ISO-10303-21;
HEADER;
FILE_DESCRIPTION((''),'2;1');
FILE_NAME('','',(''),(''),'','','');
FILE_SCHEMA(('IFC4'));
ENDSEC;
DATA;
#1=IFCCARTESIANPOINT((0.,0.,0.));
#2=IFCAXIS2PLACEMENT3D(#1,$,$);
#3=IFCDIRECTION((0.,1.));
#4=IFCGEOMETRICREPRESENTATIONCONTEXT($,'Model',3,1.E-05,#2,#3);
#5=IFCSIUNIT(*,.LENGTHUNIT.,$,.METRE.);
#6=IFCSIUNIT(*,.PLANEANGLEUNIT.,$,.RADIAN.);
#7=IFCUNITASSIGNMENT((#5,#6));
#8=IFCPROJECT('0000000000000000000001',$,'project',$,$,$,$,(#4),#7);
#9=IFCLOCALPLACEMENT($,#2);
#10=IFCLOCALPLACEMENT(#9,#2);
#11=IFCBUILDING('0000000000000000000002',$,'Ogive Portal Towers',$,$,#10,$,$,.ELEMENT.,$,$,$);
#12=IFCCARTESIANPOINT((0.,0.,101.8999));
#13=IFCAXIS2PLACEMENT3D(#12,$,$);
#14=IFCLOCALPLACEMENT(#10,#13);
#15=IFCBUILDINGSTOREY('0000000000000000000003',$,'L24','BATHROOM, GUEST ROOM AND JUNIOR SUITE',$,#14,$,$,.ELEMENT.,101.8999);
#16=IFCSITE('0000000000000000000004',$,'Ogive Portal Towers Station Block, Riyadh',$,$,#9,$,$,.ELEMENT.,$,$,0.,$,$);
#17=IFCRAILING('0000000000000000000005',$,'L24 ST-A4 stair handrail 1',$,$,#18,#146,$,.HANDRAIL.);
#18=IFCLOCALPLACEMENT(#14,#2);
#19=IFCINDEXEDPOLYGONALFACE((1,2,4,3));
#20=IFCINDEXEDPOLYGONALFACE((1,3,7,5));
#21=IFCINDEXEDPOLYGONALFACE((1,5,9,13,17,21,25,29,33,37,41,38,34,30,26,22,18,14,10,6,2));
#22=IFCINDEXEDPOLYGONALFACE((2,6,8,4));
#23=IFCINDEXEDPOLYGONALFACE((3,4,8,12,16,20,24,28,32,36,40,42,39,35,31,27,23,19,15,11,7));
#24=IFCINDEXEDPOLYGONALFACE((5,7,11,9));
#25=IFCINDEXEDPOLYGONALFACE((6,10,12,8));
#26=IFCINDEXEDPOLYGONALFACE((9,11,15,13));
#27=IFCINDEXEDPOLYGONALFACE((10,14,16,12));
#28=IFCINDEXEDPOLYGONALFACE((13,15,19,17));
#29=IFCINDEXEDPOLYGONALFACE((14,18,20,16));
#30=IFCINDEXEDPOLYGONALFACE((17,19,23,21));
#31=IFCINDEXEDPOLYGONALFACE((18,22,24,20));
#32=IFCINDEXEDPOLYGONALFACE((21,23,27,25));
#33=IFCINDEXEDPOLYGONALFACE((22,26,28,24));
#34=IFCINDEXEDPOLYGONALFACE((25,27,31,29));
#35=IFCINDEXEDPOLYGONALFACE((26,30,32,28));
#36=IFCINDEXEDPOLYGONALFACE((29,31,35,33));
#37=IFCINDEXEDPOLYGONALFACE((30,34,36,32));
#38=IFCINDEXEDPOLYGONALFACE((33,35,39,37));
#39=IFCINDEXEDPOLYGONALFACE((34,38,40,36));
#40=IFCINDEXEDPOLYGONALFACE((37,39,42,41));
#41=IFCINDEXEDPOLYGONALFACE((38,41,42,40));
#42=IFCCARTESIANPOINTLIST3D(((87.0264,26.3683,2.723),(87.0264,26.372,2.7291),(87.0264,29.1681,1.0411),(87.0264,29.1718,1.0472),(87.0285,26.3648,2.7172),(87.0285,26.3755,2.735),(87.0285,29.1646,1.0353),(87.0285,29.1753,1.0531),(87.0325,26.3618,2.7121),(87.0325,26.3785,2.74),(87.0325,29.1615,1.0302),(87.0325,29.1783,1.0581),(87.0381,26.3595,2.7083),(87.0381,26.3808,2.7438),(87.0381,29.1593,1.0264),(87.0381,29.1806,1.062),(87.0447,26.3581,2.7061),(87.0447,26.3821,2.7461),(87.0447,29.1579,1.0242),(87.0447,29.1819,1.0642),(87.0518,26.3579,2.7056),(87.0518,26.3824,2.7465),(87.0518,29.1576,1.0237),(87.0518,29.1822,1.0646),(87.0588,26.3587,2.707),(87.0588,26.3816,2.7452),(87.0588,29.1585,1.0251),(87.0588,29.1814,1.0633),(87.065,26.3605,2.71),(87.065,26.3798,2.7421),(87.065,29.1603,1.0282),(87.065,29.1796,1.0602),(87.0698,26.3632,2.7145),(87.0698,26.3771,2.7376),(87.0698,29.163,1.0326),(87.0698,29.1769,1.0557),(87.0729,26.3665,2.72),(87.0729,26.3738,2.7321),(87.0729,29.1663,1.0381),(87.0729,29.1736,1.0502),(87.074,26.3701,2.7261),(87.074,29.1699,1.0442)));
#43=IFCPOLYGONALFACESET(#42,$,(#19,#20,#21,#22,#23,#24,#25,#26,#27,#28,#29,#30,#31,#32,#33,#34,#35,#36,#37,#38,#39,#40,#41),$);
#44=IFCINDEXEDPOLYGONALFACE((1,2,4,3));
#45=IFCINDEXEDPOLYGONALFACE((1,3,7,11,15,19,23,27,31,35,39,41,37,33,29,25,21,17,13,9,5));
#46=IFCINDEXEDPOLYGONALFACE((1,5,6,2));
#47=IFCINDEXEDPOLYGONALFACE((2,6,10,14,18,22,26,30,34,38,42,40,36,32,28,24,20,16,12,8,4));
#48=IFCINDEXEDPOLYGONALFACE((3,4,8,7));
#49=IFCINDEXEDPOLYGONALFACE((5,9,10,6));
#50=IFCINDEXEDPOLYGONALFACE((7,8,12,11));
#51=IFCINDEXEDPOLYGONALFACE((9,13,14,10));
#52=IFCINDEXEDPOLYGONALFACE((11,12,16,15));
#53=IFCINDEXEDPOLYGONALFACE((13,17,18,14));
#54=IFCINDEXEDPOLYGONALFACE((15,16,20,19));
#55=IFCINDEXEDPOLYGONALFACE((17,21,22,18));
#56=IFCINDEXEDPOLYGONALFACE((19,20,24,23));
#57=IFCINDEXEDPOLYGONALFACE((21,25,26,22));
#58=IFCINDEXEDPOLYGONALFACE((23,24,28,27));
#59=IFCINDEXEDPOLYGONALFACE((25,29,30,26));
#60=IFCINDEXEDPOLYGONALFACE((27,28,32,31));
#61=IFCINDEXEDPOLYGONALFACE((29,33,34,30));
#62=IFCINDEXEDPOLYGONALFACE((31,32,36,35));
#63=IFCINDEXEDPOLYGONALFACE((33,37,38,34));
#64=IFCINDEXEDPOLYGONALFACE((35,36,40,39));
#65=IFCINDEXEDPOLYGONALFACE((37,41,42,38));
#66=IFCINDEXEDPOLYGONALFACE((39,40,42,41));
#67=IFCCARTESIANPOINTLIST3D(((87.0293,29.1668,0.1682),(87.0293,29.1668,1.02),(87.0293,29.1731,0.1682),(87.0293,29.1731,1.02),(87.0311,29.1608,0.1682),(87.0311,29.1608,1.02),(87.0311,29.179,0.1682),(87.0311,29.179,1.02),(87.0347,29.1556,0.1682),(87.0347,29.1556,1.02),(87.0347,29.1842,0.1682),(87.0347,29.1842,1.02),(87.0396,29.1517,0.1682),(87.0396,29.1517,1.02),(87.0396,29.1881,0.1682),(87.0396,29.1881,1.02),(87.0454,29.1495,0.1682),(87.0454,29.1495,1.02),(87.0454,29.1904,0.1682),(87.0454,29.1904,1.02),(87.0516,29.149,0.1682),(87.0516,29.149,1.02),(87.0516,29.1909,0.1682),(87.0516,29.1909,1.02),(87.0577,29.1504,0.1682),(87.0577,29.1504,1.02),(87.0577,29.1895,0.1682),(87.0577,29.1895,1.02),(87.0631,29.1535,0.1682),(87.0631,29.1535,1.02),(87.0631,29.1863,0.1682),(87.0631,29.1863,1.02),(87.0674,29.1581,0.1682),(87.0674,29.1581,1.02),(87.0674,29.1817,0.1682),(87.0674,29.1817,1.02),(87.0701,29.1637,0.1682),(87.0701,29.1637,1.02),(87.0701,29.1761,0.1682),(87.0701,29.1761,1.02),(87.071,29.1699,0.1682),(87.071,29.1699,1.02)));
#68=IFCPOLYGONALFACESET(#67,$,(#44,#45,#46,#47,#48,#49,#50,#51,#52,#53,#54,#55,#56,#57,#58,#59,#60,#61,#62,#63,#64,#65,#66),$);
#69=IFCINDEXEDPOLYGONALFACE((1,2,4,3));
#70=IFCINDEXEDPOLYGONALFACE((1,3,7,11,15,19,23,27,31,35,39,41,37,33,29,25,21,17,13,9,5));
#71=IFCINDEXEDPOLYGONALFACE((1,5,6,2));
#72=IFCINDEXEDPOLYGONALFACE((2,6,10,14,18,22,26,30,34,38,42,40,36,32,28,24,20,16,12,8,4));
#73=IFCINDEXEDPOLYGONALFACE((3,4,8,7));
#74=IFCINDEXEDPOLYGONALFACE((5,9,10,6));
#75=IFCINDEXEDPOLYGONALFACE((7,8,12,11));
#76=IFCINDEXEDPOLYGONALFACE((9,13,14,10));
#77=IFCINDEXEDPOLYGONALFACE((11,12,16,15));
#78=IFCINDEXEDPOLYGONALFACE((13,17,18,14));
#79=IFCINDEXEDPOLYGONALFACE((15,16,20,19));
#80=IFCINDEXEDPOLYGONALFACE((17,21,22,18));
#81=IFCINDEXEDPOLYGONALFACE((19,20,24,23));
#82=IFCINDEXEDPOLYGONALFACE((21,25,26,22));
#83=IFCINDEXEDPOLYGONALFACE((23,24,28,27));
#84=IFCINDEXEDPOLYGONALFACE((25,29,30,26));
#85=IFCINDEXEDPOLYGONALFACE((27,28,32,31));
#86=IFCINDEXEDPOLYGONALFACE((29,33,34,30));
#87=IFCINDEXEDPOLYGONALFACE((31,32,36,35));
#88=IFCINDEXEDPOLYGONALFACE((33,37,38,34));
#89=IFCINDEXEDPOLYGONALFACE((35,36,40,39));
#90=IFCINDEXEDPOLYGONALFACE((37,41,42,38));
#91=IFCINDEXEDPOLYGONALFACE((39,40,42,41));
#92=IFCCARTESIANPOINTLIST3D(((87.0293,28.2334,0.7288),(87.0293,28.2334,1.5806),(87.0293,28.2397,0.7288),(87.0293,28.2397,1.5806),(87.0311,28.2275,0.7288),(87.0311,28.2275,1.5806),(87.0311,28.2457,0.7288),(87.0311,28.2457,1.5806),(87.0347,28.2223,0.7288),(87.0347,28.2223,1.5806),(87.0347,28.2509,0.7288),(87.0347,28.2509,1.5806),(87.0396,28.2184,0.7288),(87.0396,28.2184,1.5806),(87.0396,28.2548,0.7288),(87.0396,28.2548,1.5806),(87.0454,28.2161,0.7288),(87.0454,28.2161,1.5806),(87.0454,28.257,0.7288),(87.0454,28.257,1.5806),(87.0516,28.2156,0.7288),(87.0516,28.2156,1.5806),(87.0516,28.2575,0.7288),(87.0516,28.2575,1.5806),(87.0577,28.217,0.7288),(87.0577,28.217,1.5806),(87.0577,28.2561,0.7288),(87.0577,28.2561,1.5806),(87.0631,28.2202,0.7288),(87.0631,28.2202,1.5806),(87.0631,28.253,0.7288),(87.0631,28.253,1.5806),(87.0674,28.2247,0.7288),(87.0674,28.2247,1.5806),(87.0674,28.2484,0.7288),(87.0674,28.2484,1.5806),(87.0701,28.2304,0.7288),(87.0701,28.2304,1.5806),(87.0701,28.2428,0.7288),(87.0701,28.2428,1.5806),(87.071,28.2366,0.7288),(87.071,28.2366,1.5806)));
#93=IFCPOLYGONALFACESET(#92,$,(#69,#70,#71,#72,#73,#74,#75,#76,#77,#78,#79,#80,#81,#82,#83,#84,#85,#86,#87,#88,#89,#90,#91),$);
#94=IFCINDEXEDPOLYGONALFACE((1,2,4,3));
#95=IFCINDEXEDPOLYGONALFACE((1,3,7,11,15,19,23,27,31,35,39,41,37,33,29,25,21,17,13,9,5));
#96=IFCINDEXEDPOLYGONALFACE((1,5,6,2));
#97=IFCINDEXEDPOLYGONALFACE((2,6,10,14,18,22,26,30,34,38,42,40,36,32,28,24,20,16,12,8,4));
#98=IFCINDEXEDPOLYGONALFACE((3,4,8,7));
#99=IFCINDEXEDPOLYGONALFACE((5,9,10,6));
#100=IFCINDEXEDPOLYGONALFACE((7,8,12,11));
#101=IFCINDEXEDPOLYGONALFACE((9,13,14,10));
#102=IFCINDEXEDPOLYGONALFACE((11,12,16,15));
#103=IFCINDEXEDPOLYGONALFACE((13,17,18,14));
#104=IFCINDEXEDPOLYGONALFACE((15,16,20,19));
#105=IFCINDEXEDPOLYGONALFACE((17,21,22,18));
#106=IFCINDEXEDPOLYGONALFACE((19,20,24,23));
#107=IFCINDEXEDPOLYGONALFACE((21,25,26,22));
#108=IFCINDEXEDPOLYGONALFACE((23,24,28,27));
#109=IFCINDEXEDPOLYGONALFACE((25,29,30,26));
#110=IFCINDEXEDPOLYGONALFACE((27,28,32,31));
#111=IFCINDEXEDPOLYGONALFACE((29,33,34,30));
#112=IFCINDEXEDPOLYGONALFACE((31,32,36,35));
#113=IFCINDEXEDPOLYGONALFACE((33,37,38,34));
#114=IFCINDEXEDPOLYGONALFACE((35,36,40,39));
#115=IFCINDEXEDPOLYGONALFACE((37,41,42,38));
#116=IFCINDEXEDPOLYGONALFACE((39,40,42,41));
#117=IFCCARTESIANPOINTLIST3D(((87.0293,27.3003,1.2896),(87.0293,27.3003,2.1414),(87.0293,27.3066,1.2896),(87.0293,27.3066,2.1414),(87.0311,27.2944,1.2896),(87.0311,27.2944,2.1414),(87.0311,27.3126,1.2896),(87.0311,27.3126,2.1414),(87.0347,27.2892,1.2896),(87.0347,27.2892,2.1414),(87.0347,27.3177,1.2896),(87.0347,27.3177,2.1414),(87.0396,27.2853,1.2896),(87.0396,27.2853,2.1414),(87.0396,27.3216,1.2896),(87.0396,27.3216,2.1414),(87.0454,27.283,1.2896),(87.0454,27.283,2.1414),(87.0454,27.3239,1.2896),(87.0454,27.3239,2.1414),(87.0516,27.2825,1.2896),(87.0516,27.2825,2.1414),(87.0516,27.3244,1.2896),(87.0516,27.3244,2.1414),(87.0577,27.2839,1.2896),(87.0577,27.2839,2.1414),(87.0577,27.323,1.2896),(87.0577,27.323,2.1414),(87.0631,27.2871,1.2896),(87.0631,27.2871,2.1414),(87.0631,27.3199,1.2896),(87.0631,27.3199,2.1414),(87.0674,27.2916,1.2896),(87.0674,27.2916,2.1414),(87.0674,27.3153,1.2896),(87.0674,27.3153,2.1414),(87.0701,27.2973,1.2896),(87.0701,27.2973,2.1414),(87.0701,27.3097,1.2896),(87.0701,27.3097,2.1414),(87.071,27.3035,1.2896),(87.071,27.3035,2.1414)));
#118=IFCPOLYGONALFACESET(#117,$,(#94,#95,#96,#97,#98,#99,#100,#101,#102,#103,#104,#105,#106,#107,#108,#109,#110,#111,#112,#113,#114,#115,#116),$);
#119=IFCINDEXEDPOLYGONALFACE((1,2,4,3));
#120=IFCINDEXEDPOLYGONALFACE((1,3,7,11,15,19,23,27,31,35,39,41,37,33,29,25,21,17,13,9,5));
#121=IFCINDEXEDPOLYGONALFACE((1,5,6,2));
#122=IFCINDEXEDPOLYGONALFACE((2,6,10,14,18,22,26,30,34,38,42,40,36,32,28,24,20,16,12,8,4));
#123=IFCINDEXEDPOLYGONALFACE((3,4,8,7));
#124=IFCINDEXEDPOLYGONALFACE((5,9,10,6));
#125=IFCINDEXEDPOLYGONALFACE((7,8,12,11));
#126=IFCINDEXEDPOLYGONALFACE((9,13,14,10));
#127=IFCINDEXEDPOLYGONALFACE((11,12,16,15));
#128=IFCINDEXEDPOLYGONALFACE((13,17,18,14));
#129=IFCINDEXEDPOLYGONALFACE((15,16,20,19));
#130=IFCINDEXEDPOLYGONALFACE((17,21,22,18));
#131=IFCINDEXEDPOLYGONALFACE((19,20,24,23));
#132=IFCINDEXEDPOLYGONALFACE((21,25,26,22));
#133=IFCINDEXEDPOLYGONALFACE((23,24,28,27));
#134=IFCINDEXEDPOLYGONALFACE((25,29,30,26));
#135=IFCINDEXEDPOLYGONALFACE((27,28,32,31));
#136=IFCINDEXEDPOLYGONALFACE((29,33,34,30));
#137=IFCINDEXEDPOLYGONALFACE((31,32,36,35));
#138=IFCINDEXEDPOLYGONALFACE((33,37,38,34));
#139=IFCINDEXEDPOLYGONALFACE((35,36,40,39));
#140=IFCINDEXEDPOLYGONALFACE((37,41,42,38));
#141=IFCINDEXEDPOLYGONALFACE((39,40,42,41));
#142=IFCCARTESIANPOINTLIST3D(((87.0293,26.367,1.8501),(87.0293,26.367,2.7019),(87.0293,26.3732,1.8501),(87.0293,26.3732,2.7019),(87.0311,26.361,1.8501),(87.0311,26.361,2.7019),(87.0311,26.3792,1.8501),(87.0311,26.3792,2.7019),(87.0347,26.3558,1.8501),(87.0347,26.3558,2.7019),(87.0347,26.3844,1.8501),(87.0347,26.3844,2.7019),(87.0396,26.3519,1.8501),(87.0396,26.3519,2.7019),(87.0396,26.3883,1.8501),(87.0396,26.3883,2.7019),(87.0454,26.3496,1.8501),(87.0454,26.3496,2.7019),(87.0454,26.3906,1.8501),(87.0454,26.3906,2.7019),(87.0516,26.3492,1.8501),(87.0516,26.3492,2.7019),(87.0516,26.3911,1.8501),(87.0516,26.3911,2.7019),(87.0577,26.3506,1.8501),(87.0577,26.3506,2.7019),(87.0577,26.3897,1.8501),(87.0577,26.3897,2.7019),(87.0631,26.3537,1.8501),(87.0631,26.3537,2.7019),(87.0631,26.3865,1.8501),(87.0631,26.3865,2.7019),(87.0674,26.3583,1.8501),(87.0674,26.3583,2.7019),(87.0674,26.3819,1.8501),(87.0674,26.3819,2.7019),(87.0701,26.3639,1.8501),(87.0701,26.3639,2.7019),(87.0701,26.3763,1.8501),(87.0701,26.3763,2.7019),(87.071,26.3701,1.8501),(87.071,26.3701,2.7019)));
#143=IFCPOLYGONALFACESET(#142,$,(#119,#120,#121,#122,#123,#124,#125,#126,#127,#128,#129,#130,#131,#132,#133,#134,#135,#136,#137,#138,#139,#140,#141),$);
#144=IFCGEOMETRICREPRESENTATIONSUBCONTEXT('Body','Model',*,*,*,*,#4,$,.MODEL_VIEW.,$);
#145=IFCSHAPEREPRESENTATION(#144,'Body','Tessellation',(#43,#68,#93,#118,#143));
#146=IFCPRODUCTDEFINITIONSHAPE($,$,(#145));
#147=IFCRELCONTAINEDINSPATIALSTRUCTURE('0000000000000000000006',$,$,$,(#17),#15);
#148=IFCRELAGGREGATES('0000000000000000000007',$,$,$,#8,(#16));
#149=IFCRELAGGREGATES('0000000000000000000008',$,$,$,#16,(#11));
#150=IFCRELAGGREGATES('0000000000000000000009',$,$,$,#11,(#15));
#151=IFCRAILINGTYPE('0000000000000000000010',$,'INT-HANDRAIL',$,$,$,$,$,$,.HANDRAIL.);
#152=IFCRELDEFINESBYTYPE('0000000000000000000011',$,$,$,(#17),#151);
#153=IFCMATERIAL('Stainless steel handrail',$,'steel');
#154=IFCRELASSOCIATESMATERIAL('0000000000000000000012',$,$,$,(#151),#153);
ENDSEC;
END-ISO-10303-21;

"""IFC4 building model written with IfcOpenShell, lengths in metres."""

from ifc_helpers import new_model, si_unit, direction, frame, origin, origin_2d, place, context, subcontext, project, spatial, circle, extrude, material, type_object, element, save


model = new_model("IFC4")

# Units and contexts
model_context = context("Model", 3, precision=1e-05, world=origin(), true_north=direction((0.0, 1.0)))
body_context = subcontext(model_context, "Body", "Model", "MODEL_VIEW")
ifc_project = project(units=[si_unit("LENGTHUNIT", "METRE"), si_unit("PLANEANGLEUNIT", "RADIAN")], contexts=[model_context])

# Site, building, storey
site_placement = place(None, origin())
site = spatial("IfcSite", under=ifc_project, at=site_placement, Name="Ogive Portal Towers Station Block, Riyadh", CompositionType="ELEMENT", RefElevation=0.0)
building_placement = place(site_placement, origin())
building = spatial("IfcBuilding", under=site, at=building_placement, Name="Ogive Portal Towers", CompositionType="ELEMENT")
storey_placement = place(building_placement, frame((0.0, 0.0, 101.8999)))
storey = spatial("IfcBuildingStorey", under=building, at=storey_placement, Name="L24", Description="BATHROOM, GUEST ROOM AND JUNIOR SUITE", CompositionType="ELEMENT", Elevation=101.8999)

# Railing
ifc_material_1 = material(Name="Stainless steel handrail", Category="steel")
railing_type_1 = type_object("IfcRailingType", Name="INT-HANDRAIL", PredefinedType="HANDRAIL", material=ifc_material_1)
railing_1_placement = place(storey_placement, frame((87.05, 29.1699, 0.1682)))
element("IfcRailing", 1, at=railing_1_placement, inside=storey, type_object=railing_type_1, Name="L24 ST-A4 stair handrail 1", PredefinedType="HANDRAIL", context=body_context, shape_type="SweptSolid", body=[
    extrude(circle(Radius=0.0239, at=origin_2d()), frame((0.0, 0.0, 0.876), z_axis=(0.0, -0.857222, 0.514946), x_axis=(1.0, 0.0, 0.0)), (0.0, 0.0, 1.0), 3.2661),
    extrude(circle(Radius=0.021, at=origin_2d()), origin(), (0.0, 0.0, 1.0), 0.8518),
    extrude(circle(Radius=0.021, at=origin_2d()), frame((0.0, -0.9333, 0.5605)), (0.0, 0.0, 1.0), 0.8518),
    extrude(circle(Radius=0.021, at=origin_2d()), frame((0.0, -1.8665, 1.1213)), (0.0, 0.0, 1.0), 0.8518),
    extrude(circle(Radius=0.021, at=origin_2d()), frame((0.0, -2.7998, 1.6819)), (0.0, 0.0, 1.0), 0.8518),
])

save(model, "model.ifc")
